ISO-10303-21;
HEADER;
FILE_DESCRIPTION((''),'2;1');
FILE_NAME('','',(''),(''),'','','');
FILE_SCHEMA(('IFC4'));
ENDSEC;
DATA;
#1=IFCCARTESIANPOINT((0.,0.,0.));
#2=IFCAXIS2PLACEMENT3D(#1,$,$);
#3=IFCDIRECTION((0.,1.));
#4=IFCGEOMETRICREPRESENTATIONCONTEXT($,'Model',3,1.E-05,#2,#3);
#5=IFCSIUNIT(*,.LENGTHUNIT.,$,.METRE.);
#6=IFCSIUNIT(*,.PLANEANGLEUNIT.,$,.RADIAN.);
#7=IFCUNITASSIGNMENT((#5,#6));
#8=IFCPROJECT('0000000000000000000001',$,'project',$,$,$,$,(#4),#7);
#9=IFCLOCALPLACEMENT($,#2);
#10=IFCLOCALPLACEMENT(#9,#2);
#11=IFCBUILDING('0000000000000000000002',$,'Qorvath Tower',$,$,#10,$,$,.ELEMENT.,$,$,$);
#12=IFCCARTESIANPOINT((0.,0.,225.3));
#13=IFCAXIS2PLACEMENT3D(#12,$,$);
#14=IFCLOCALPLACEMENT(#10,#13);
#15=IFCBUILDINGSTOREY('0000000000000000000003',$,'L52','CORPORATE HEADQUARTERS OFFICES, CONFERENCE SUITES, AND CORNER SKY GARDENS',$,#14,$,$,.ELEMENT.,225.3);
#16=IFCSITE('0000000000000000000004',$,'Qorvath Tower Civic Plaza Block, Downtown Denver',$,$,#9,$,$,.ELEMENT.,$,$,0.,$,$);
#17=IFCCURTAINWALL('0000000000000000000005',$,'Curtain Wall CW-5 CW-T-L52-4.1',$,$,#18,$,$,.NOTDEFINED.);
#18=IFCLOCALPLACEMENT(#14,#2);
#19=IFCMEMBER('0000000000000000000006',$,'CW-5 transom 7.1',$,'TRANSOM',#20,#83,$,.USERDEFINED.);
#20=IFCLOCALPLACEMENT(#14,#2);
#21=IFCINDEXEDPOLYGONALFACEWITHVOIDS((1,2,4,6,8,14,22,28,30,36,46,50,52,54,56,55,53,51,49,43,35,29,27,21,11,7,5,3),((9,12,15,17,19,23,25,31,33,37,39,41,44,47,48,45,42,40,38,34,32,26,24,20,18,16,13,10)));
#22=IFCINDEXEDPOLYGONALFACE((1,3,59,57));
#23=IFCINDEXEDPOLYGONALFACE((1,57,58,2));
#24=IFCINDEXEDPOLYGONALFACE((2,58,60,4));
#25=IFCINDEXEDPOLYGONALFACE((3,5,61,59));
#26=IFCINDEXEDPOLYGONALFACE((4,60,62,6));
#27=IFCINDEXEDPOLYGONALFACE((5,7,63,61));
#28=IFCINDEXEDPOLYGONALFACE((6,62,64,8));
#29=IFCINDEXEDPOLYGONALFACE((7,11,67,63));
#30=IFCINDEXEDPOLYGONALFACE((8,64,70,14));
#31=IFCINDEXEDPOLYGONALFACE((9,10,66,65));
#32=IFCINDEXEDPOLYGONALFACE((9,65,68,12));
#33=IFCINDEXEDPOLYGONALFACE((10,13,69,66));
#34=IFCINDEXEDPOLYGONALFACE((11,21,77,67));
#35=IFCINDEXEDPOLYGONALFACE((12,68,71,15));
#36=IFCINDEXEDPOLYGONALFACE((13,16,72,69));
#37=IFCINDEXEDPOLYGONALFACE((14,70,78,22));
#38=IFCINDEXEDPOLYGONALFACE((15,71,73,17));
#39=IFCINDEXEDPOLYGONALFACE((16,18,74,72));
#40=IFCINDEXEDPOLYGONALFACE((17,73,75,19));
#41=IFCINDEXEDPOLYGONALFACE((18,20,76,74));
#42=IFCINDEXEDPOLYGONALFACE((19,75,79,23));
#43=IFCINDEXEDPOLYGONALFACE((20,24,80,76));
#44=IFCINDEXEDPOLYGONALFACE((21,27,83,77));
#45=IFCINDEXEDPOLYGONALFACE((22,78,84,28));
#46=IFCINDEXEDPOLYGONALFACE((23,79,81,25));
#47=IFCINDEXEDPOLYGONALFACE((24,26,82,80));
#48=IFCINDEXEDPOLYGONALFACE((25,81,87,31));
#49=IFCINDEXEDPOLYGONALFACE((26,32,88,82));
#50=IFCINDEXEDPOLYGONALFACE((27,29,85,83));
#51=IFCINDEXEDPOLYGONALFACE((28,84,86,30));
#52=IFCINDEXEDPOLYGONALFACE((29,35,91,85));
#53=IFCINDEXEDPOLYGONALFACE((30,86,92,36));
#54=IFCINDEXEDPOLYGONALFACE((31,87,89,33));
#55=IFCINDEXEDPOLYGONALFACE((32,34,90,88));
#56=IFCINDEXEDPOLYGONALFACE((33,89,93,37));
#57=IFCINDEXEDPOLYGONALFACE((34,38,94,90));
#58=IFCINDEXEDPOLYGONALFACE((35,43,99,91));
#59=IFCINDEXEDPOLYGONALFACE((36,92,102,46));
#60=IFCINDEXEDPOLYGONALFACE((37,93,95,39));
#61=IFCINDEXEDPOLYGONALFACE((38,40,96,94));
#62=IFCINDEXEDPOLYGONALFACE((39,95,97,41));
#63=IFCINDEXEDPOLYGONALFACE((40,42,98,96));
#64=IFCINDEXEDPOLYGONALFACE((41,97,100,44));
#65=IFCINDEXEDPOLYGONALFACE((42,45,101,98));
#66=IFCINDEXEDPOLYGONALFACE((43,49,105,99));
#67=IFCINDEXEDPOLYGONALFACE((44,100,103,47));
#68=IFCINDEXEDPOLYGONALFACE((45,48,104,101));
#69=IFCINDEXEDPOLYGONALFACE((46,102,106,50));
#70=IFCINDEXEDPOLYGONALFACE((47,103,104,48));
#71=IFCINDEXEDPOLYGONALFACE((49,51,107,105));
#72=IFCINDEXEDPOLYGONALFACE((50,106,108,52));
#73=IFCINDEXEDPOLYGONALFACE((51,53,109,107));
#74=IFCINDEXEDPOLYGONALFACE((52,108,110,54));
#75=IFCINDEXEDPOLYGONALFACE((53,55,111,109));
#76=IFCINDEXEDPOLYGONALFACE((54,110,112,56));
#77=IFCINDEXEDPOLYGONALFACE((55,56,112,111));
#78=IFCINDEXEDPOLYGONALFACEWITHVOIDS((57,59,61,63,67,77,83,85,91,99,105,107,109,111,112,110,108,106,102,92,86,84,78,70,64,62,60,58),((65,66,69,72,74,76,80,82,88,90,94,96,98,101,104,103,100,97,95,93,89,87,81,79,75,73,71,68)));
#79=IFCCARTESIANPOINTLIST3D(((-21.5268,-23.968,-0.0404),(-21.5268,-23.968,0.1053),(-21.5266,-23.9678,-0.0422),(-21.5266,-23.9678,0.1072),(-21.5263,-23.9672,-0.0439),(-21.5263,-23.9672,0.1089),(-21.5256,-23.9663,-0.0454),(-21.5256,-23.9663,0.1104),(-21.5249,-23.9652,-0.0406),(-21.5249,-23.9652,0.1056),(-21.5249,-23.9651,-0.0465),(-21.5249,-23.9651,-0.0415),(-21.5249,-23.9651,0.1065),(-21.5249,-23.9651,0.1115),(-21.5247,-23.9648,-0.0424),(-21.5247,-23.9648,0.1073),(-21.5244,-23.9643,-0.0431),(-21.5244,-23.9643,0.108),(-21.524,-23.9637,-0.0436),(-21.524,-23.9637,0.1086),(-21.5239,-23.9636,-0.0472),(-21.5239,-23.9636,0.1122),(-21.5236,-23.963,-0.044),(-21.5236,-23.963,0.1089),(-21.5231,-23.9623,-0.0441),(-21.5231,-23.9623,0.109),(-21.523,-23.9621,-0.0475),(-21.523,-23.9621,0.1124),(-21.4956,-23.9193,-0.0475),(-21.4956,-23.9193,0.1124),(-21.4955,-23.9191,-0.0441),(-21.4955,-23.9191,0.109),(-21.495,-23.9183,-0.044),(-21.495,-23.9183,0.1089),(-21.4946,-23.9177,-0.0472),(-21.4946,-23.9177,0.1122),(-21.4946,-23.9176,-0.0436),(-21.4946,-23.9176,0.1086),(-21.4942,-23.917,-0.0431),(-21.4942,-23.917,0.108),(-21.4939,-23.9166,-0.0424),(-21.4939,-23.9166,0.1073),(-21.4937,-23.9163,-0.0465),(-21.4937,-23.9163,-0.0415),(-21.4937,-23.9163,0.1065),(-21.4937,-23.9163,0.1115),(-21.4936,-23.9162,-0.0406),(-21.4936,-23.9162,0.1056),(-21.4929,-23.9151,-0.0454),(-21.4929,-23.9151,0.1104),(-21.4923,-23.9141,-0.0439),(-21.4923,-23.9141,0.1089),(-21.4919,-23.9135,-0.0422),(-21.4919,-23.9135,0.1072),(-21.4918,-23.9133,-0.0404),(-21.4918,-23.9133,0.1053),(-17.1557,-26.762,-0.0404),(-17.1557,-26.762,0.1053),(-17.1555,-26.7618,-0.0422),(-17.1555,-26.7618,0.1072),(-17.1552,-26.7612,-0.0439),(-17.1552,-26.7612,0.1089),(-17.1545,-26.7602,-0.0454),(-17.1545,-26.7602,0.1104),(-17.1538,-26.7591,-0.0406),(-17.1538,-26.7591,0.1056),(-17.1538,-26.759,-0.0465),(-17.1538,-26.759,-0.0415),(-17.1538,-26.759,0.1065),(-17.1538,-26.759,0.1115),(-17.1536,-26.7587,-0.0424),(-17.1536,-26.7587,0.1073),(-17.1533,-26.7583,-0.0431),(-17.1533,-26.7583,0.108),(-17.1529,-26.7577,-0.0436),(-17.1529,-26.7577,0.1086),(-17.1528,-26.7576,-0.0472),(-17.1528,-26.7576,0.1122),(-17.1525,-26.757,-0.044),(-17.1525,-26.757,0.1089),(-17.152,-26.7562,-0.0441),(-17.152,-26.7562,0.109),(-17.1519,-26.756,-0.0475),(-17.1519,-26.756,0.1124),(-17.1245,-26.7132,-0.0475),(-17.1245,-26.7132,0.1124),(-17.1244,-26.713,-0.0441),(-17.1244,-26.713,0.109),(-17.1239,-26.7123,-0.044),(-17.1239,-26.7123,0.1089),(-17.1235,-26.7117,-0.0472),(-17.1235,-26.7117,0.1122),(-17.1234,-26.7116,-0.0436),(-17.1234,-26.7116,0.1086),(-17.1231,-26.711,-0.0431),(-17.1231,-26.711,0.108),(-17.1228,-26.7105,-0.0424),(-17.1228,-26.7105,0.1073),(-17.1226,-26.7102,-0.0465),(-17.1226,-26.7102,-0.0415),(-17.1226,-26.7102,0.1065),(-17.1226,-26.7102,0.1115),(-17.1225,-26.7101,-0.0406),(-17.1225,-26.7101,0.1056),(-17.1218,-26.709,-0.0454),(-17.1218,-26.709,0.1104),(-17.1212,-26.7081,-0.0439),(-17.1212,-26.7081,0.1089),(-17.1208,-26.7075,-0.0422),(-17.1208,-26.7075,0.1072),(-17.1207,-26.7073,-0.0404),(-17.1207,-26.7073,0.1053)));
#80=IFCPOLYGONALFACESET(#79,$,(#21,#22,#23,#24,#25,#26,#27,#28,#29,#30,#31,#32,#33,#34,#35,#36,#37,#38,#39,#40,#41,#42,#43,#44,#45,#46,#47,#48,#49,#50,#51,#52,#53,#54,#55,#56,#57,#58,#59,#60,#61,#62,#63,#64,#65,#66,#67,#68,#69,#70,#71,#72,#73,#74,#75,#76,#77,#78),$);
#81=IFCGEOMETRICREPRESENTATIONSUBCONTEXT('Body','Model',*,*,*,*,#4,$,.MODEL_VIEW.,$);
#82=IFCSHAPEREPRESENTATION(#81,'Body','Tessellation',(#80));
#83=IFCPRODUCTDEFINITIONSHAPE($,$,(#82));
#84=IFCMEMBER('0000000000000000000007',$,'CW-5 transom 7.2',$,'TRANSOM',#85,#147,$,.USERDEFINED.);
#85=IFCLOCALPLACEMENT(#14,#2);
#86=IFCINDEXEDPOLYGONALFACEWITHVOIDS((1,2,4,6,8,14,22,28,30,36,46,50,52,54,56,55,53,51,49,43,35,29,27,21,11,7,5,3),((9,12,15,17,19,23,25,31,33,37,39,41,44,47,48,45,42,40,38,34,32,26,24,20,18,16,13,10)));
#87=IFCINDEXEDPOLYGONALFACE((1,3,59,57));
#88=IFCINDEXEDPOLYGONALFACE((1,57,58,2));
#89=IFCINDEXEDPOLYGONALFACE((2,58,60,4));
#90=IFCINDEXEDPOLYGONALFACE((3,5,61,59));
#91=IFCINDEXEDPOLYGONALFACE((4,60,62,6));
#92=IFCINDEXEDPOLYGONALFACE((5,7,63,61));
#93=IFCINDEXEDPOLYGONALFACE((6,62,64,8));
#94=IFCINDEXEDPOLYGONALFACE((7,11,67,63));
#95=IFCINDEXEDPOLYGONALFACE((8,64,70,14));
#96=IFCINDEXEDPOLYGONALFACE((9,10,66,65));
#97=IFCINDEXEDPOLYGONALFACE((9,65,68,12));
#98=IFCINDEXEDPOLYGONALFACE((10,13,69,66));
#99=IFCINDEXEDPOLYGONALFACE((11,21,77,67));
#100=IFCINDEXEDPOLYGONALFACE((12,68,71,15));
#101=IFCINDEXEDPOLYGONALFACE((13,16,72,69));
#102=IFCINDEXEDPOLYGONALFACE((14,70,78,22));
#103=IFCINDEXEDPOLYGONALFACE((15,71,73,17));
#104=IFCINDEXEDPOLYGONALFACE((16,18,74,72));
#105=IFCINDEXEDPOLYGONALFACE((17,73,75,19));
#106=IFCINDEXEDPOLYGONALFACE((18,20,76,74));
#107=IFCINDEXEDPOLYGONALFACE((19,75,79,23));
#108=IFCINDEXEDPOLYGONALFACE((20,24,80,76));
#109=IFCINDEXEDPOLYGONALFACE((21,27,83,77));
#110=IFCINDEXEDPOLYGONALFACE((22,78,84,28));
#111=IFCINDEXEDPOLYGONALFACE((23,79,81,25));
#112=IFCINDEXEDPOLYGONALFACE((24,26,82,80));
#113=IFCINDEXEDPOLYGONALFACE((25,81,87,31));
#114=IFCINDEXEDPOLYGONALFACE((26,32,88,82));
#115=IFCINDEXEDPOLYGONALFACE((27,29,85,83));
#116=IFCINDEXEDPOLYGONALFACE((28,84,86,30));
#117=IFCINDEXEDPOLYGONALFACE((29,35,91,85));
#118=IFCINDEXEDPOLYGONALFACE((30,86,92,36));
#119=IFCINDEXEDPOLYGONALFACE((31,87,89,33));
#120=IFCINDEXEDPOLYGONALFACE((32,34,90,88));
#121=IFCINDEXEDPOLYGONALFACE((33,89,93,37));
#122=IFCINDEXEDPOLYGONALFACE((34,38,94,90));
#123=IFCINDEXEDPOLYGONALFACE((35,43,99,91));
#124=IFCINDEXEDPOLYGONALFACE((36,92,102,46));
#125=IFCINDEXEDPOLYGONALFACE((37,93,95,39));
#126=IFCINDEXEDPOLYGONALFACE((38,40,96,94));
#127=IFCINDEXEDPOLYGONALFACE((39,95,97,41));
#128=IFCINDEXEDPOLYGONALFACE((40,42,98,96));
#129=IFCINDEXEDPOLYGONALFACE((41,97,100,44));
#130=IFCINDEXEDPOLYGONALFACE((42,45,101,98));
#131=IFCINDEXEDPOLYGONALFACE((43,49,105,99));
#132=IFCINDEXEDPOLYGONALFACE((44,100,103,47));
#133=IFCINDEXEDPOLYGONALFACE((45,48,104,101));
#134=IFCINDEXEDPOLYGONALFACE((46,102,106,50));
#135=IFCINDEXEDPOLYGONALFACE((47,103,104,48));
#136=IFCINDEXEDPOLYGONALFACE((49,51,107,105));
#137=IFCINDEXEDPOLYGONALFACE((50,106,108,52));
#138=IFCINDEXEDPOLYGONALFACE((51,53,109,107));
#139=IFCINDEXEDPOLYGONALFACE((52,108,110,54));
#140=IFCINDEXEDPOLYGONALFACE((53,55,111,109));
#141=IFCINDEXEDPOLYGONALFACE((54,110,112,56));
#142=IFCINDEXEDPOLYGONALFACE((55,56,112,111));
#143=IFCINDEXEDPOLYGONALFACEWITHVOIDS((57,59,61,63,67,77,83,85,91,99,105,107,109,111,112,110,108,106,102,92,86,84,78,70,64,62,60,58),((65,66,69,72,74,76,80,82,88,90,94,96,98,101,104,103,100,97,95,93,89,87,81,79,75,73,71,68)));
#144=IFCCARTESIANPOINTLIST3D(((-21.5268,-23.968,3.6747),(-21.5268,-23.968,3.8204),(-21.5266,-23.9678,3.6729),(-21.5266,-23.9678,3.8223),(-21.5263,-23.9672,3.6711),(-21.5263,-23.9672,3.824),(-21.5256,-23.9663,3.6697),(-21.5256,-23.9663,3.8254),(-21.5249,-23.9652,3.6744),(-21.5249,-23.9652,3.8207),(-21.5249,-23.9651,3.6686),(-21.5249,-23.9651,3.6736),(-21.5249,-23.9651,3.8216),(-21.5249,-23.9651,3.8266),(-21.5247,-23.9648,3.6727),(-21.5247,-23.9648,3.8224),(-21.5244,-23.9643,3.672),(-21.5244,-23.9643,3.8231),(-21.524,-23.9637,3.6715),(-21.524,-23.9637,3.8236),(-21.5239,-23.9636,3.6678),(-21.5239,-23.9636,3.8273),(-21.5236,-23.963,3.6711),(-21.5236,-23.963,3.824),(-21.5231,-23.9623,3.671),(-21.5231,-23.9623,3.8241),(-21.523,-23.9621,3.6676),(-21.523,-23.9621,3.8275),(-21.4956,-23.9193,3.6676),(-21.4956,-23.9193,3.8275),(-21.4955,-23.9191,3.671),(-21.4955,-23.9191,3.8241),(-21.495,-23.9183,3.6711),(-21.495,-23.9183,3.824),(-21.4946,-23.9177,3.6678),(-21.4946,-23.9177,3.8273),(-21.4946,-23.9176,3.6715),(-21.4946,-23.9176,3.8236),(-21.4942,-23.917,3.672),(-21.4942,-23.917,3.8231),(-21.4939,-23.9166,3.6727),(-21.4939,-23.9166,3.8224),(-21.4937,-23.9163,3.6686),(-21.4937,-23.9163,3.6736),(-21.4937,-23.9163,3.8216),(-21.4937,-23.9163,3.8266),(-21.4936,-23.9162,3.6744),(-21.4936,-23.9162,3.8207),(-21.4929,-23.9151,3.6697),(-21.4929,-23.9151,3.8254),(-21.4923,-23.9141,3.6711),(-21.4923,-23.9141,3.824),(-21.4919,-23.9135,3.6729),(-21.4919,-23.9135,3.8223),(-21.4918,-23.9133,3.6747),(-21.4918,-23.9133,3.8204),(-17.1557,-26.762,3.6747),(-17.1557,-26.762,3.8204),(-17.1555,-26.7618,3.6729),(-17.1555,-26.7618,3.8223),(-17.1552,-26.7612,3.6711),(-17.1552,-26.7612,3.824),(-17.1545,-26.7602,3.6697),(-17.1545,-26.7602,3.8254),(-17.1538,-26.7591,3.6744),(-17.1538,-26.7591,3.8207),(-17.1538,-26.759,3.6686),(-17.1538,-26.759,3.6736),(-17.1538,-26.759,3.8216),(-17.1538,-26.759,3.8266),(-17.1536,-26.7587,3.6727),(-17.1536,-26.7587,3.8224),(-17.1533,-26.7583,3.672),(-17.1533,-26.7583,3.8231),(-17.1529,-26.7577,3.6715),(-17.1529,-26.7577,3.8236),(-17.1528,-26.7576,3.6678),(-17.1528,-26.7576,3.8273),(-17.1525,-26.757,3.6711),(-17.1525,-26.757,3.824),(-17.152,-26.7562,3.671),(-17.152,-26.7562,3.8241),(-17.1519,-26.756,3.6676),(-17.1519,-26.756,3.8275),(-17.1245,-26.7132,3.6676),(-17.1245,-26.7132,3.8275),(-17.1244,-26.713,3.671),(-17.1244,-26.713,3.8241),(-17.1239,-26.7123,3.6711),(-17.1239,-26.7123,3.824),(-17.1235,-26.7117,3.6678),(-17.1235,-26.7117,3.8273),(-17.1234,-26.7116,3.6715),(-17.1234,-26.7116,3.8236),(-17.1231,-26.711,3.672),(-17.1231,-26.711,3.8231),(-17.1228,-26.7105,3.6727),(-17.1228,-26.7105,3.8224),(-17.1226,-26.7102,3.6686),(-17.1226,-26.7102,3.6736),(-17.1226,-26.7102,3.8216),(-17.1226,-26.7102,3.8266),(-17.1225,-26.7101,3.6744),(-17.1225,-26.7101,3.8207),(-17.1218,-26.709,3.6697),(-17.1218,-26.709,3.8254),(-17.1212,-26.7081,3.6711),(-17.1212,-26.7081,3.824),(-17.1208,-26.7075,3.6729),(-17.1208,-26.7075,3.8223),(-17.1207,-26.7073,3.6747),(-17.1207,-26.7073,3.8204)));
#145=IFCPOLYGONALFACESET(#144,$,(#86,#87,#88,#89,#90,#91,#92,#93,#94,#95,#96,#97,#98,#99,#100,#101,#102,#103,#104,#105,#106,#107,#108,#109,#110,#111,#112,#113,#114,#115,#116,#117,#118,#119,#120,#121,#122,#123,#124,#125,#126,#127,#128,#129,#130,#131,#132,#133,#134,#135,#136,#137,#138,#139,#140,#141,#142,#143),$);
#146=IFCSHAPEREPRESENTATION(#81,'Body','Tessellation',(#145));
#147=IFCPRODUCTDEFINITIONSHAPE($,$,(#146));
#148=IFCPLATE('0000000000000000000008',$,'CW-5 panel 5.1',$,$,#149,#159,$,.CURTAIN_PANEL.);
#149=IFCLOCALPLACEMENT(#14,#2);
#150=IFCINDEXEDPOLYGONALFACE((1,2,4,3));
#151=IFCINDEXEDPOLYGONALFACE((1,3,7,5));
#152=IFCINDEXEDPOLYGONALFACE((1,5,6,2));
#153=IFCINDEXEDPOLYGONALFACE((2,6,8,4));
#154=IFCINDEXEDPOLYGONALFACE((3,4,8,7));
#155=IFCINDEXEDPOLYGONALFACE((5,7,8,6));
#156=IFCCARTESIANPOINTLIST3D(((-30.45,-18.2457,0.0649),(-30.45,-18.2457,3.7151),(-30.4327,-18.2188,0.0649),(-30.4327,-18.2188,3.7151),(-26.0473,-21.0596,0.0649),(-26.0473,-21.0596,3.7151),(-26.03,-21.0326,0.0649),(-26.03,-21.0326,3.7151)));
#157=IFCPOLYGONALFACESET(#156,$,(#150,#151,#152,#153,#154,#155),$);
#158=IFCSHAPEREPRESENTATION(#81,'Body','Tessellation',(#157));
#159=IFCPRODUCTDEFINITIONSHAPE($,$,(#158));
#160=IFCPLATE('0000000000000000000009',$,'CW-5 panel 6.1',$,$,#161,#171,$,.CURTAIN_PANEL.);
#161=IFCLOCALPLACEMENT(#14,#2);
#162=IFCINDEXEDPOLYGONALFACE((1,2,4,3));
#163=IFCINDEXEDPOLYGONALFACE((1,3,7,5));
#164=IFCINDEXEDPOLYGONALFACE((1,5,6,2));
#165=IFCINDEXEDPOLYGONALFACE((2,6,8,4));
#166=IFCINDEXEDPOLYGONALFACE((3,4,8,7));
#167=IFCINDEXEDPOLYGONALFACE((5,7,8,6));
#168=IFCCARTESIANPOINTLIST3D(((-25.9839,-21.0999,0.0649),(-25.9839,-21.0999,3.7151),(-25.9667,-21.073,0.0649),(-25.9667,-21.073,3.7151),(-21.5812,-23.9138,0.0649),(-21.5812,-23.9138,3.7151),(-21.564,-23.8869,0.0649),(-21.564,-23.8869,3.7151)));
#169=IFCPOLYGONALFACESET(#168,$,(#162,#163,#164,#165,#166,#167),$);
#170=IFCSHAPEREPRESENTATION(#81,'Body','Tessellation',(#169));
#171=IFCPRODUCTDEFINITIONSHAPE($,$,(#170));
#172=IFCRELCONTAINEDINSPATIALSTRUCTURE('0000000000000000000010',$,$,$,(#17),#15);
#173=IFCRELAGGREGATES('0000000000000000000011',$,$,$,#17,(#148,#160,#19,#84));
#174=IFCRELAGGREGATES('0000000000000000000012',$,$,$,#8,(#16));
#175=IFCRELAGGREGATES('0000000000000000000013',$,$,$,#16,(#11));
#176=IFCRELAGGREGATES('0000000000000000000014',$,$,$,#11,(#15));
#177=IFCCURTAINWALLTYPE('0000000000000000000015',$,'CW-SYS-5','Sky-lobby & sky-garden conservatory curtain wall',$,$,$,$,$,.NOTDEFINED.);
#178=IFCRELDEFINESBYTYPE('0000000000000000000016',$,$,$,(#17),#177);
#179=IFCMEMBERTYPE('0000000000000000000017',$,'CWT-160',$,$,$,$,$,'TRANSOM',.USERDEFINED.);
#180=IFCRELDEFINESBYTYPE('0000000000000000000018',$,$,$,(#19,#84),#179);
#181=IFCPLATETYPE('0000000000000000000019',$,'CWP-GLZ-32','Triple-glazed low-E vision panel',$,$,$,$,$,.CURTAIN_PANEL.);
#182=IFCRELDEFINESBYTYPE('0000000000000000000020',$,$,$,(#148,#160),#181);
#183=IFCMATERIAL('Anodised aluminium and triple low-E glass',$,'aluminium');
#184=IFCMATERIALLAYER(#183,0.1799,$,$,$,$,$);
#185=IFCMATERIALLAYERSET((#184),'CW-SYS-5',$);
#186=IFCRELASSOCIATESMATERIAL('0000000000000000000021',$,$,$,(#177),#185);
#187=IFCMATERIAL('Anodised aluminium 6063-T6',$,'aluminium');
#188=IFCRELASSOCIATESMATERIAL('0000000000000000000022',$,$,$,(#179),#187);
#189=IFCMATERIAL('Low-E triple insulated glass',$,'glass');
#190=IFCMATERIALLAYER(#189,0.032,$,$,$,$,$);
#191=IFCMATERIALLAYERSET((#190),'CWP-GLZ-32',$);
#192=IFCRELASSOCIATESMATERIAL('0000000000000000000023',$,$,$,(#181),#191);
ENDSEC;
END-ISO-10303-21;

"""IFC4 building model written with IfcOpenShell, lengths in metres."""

from ifc_helpers import new_model, si_unit, direction, frame, origin, origin_2d, place, context, subcontext, project, spatial, rectangle, hollow_rectangle, extrude, material, layer, layer_set, material_profile, profile_set, type_object, element, aggregate, save


model = new_model("IFC4")

# Units and contexts
model_context = context("Model", 3, precision=1e-05, world=origin(), true_north=direction((0.0, 1.0)))
body_context = subcontext(model_context, "Body", "Model", "MODEL_VIEW")
ifc_project = project(units=[si_unit("LENGTHUNIT", "METRE"), si_unit("PLANEANGLEUNIT", "RADIAN")], contexts=[model_context])

# Site, building, storey
site_placement = place(None, origin())
site = spatial("IfcSite", under=ifc_project, at=site_placement, Name="Qorvath Tower Civic Plaza Block, Downtown Denver", CompositionType="ELEMENT", RefElevation=0.0)
building_placement = place(site_placement, origin())
building = spatial("IfcBuilding", under=site, at=building_placement, Name="Qorvath Tower", CompositionType="ELEMENT")
storey_placement = place(building_placement, frame((0.0, 0.0, 225.3)))
storey = spatial("IfcBuildingStorey", under=building, at=storey_placement, Name="L52", Description="CORPORATE HEADQUARTERS OFFICES, CONFERENCE SUITES, AND CORNER SKY GARDENS", CompositionType="ELEMENT", Elevation=225.3)

# Curtain wall, members, plates
ifc_material_1 = material(Name="Anodised aluminium and triple low-E glass", Category="aluminium")
ifc_layer_1 = layer(ifc_material_1, 0.1799)
ifc_layer_set_1 = layer_set([ifc_layer_1], Name="CW-SYS-5")
curtain_wall_type = type_object("IfcCurtainWallType", Name="CW-SYS-5", Description="Sky-lobby & sky-garden conservatory curtain wall", PredefinedType="NOTDEFINED", material=ifc_layer_set_1)
curtain_wall_placement = place(storey_placement, origin())
curtain_wall = element("IfcCurtainWall", 1, at=curtain_wall_placement, inside=storey, type_object=curtain_wall_type, Name="Curtain Wall CW-5 CW-T-L52-4.1", PredefinedType="NOTDEFINED")
ifc_material_2 = material(Name="Anodised aluminium 6063-T6", Category="aluminium")
ifc_material_profile_1 = material_profile(ifc_material_2, hollow_rectangle(XDim=0.0649, YDim=0.1599, WallThickness=0.0034, InnerFilletRadius=0.0034, OuterFilletRadius=0.0071, at=origin_2d()), Name="CWT 160x65")
ifc_profile_set_1 = profile_set([ifc_material_profile_1], Name="Anodised aluminium 6063-T6")
member_type_1 = type_object("IfcMemberType", Name="CWT-160", ElementType="TRANSOM", PredefinedType="USERDEFINED", material=ifc_profile_set_1)
member_1_placement = place(storey_placement, frame((-21.5093, -23.9407, 0.0325), z_axis=(0.842582, -0.538568, 0.0), x_axis=(0.538568, 0.842582, 0.0)))
member_1 = element("IfcMember", 2, at=member_1_placement, type_object=member_type_1, Name="CW-5 transom 7.1", ObjectType="TRANSOM", PredefinedType="USERDEFINED", context=body_context, shape_type="SweptSolid", body=[
    extrude(hollow_rectangle(XDim=0.0649, YDim=0.1599, WallThickness=0.0034, InnerFilletRadius=0.0034, OuterFilletRadius=0.0071, at=origin_2d()), origin(), (0.0, 0.0, 1.0), 5.1877),
])
member_2_placement = place(storey_placement, frame((-21.5093, -23.9407, 3.7476), z_axis=(0.842582, -0.538568, 0.0), x_axis=(0.538568, 0.842582, 0.0)))
member_2 = element("IfcMember", 3, at=member_2_placement, type_object=member_type_1, Name="CW-5 transom 7.2", ObjectType="TRANSOM", PredefinedType="USERDEFINED", context=body_context, shape_type="SweptSolid", body=[
    extrude(hollow_rectangle(XDim=0.0649, YDim=0.1599, WallThickness=0.0034, InnerFilletRadius=0.0034, OuterFilletRadius=0.0071, at=origin_2d()), origin(), (0.0, 0.0, 1.0), 5.1877),
])
ifc_material_3 = material(Name="Low-E triple insulated glass", Category="glass")
ifc_layer_2 = layer(ifc_material_3, 0.032)
ifc_layer_set_2 = layer_set([ifc_layer_2], Name="CWP-GLZ-32")
plate_type = type_object("IfcPlateType", Name="CWP-GLZ-32", Description="Triple-glazed low-E vision panel", PredefinedType="CURTAIN_PANEL", material=ifc_layer_set_2)
plate_1_placement = place(storey_placement, frame((-28.24, -19.6392, 0.0649), z_axis=(0.0, 0.0, 1.0), x_axis=(0.842607, -0.538529, 0.0)))
plate_1 = element("IfcPlate", 4, at=plate_1_placement, type_object=plate_type, Name="CW-5 panel 5.1", PredefinedType="CURTAIN_PANEL", context=body_context, shape_type="SweptSolid", body=[
    extrude(rectangle(XDim=5.2251, YDim=0.032, at=origin_2d()), origin(), (0.0, 0.0, 1.0), 3.6501),
])
plate_2_placement = place(storey_placement, frame((-23.7739, -22.4934, 0.0649), z_axis=(0.0, 0.0, 1.0), x_axis=(0.842607, -0.538529, 0.0)))
plate_2 = element("IfcPlate", 5, at=plate_2_placement, type_object=plate_type, Name="CW-5 panel 6.1", PredefinedType="CURTAIN_PANEL", context=body_context, shape_type="SweptSolid", body=[
    extrude(rectangle(XDim=5.2251, YDim=0.032, at=origin_2d()), origin(), (0.0, 0.0, 1.0), 3.6501),
])
aggregate(curtain_wall, [plate_1, plate_2, member_1, member_2])

save(model, "model.ifc")
